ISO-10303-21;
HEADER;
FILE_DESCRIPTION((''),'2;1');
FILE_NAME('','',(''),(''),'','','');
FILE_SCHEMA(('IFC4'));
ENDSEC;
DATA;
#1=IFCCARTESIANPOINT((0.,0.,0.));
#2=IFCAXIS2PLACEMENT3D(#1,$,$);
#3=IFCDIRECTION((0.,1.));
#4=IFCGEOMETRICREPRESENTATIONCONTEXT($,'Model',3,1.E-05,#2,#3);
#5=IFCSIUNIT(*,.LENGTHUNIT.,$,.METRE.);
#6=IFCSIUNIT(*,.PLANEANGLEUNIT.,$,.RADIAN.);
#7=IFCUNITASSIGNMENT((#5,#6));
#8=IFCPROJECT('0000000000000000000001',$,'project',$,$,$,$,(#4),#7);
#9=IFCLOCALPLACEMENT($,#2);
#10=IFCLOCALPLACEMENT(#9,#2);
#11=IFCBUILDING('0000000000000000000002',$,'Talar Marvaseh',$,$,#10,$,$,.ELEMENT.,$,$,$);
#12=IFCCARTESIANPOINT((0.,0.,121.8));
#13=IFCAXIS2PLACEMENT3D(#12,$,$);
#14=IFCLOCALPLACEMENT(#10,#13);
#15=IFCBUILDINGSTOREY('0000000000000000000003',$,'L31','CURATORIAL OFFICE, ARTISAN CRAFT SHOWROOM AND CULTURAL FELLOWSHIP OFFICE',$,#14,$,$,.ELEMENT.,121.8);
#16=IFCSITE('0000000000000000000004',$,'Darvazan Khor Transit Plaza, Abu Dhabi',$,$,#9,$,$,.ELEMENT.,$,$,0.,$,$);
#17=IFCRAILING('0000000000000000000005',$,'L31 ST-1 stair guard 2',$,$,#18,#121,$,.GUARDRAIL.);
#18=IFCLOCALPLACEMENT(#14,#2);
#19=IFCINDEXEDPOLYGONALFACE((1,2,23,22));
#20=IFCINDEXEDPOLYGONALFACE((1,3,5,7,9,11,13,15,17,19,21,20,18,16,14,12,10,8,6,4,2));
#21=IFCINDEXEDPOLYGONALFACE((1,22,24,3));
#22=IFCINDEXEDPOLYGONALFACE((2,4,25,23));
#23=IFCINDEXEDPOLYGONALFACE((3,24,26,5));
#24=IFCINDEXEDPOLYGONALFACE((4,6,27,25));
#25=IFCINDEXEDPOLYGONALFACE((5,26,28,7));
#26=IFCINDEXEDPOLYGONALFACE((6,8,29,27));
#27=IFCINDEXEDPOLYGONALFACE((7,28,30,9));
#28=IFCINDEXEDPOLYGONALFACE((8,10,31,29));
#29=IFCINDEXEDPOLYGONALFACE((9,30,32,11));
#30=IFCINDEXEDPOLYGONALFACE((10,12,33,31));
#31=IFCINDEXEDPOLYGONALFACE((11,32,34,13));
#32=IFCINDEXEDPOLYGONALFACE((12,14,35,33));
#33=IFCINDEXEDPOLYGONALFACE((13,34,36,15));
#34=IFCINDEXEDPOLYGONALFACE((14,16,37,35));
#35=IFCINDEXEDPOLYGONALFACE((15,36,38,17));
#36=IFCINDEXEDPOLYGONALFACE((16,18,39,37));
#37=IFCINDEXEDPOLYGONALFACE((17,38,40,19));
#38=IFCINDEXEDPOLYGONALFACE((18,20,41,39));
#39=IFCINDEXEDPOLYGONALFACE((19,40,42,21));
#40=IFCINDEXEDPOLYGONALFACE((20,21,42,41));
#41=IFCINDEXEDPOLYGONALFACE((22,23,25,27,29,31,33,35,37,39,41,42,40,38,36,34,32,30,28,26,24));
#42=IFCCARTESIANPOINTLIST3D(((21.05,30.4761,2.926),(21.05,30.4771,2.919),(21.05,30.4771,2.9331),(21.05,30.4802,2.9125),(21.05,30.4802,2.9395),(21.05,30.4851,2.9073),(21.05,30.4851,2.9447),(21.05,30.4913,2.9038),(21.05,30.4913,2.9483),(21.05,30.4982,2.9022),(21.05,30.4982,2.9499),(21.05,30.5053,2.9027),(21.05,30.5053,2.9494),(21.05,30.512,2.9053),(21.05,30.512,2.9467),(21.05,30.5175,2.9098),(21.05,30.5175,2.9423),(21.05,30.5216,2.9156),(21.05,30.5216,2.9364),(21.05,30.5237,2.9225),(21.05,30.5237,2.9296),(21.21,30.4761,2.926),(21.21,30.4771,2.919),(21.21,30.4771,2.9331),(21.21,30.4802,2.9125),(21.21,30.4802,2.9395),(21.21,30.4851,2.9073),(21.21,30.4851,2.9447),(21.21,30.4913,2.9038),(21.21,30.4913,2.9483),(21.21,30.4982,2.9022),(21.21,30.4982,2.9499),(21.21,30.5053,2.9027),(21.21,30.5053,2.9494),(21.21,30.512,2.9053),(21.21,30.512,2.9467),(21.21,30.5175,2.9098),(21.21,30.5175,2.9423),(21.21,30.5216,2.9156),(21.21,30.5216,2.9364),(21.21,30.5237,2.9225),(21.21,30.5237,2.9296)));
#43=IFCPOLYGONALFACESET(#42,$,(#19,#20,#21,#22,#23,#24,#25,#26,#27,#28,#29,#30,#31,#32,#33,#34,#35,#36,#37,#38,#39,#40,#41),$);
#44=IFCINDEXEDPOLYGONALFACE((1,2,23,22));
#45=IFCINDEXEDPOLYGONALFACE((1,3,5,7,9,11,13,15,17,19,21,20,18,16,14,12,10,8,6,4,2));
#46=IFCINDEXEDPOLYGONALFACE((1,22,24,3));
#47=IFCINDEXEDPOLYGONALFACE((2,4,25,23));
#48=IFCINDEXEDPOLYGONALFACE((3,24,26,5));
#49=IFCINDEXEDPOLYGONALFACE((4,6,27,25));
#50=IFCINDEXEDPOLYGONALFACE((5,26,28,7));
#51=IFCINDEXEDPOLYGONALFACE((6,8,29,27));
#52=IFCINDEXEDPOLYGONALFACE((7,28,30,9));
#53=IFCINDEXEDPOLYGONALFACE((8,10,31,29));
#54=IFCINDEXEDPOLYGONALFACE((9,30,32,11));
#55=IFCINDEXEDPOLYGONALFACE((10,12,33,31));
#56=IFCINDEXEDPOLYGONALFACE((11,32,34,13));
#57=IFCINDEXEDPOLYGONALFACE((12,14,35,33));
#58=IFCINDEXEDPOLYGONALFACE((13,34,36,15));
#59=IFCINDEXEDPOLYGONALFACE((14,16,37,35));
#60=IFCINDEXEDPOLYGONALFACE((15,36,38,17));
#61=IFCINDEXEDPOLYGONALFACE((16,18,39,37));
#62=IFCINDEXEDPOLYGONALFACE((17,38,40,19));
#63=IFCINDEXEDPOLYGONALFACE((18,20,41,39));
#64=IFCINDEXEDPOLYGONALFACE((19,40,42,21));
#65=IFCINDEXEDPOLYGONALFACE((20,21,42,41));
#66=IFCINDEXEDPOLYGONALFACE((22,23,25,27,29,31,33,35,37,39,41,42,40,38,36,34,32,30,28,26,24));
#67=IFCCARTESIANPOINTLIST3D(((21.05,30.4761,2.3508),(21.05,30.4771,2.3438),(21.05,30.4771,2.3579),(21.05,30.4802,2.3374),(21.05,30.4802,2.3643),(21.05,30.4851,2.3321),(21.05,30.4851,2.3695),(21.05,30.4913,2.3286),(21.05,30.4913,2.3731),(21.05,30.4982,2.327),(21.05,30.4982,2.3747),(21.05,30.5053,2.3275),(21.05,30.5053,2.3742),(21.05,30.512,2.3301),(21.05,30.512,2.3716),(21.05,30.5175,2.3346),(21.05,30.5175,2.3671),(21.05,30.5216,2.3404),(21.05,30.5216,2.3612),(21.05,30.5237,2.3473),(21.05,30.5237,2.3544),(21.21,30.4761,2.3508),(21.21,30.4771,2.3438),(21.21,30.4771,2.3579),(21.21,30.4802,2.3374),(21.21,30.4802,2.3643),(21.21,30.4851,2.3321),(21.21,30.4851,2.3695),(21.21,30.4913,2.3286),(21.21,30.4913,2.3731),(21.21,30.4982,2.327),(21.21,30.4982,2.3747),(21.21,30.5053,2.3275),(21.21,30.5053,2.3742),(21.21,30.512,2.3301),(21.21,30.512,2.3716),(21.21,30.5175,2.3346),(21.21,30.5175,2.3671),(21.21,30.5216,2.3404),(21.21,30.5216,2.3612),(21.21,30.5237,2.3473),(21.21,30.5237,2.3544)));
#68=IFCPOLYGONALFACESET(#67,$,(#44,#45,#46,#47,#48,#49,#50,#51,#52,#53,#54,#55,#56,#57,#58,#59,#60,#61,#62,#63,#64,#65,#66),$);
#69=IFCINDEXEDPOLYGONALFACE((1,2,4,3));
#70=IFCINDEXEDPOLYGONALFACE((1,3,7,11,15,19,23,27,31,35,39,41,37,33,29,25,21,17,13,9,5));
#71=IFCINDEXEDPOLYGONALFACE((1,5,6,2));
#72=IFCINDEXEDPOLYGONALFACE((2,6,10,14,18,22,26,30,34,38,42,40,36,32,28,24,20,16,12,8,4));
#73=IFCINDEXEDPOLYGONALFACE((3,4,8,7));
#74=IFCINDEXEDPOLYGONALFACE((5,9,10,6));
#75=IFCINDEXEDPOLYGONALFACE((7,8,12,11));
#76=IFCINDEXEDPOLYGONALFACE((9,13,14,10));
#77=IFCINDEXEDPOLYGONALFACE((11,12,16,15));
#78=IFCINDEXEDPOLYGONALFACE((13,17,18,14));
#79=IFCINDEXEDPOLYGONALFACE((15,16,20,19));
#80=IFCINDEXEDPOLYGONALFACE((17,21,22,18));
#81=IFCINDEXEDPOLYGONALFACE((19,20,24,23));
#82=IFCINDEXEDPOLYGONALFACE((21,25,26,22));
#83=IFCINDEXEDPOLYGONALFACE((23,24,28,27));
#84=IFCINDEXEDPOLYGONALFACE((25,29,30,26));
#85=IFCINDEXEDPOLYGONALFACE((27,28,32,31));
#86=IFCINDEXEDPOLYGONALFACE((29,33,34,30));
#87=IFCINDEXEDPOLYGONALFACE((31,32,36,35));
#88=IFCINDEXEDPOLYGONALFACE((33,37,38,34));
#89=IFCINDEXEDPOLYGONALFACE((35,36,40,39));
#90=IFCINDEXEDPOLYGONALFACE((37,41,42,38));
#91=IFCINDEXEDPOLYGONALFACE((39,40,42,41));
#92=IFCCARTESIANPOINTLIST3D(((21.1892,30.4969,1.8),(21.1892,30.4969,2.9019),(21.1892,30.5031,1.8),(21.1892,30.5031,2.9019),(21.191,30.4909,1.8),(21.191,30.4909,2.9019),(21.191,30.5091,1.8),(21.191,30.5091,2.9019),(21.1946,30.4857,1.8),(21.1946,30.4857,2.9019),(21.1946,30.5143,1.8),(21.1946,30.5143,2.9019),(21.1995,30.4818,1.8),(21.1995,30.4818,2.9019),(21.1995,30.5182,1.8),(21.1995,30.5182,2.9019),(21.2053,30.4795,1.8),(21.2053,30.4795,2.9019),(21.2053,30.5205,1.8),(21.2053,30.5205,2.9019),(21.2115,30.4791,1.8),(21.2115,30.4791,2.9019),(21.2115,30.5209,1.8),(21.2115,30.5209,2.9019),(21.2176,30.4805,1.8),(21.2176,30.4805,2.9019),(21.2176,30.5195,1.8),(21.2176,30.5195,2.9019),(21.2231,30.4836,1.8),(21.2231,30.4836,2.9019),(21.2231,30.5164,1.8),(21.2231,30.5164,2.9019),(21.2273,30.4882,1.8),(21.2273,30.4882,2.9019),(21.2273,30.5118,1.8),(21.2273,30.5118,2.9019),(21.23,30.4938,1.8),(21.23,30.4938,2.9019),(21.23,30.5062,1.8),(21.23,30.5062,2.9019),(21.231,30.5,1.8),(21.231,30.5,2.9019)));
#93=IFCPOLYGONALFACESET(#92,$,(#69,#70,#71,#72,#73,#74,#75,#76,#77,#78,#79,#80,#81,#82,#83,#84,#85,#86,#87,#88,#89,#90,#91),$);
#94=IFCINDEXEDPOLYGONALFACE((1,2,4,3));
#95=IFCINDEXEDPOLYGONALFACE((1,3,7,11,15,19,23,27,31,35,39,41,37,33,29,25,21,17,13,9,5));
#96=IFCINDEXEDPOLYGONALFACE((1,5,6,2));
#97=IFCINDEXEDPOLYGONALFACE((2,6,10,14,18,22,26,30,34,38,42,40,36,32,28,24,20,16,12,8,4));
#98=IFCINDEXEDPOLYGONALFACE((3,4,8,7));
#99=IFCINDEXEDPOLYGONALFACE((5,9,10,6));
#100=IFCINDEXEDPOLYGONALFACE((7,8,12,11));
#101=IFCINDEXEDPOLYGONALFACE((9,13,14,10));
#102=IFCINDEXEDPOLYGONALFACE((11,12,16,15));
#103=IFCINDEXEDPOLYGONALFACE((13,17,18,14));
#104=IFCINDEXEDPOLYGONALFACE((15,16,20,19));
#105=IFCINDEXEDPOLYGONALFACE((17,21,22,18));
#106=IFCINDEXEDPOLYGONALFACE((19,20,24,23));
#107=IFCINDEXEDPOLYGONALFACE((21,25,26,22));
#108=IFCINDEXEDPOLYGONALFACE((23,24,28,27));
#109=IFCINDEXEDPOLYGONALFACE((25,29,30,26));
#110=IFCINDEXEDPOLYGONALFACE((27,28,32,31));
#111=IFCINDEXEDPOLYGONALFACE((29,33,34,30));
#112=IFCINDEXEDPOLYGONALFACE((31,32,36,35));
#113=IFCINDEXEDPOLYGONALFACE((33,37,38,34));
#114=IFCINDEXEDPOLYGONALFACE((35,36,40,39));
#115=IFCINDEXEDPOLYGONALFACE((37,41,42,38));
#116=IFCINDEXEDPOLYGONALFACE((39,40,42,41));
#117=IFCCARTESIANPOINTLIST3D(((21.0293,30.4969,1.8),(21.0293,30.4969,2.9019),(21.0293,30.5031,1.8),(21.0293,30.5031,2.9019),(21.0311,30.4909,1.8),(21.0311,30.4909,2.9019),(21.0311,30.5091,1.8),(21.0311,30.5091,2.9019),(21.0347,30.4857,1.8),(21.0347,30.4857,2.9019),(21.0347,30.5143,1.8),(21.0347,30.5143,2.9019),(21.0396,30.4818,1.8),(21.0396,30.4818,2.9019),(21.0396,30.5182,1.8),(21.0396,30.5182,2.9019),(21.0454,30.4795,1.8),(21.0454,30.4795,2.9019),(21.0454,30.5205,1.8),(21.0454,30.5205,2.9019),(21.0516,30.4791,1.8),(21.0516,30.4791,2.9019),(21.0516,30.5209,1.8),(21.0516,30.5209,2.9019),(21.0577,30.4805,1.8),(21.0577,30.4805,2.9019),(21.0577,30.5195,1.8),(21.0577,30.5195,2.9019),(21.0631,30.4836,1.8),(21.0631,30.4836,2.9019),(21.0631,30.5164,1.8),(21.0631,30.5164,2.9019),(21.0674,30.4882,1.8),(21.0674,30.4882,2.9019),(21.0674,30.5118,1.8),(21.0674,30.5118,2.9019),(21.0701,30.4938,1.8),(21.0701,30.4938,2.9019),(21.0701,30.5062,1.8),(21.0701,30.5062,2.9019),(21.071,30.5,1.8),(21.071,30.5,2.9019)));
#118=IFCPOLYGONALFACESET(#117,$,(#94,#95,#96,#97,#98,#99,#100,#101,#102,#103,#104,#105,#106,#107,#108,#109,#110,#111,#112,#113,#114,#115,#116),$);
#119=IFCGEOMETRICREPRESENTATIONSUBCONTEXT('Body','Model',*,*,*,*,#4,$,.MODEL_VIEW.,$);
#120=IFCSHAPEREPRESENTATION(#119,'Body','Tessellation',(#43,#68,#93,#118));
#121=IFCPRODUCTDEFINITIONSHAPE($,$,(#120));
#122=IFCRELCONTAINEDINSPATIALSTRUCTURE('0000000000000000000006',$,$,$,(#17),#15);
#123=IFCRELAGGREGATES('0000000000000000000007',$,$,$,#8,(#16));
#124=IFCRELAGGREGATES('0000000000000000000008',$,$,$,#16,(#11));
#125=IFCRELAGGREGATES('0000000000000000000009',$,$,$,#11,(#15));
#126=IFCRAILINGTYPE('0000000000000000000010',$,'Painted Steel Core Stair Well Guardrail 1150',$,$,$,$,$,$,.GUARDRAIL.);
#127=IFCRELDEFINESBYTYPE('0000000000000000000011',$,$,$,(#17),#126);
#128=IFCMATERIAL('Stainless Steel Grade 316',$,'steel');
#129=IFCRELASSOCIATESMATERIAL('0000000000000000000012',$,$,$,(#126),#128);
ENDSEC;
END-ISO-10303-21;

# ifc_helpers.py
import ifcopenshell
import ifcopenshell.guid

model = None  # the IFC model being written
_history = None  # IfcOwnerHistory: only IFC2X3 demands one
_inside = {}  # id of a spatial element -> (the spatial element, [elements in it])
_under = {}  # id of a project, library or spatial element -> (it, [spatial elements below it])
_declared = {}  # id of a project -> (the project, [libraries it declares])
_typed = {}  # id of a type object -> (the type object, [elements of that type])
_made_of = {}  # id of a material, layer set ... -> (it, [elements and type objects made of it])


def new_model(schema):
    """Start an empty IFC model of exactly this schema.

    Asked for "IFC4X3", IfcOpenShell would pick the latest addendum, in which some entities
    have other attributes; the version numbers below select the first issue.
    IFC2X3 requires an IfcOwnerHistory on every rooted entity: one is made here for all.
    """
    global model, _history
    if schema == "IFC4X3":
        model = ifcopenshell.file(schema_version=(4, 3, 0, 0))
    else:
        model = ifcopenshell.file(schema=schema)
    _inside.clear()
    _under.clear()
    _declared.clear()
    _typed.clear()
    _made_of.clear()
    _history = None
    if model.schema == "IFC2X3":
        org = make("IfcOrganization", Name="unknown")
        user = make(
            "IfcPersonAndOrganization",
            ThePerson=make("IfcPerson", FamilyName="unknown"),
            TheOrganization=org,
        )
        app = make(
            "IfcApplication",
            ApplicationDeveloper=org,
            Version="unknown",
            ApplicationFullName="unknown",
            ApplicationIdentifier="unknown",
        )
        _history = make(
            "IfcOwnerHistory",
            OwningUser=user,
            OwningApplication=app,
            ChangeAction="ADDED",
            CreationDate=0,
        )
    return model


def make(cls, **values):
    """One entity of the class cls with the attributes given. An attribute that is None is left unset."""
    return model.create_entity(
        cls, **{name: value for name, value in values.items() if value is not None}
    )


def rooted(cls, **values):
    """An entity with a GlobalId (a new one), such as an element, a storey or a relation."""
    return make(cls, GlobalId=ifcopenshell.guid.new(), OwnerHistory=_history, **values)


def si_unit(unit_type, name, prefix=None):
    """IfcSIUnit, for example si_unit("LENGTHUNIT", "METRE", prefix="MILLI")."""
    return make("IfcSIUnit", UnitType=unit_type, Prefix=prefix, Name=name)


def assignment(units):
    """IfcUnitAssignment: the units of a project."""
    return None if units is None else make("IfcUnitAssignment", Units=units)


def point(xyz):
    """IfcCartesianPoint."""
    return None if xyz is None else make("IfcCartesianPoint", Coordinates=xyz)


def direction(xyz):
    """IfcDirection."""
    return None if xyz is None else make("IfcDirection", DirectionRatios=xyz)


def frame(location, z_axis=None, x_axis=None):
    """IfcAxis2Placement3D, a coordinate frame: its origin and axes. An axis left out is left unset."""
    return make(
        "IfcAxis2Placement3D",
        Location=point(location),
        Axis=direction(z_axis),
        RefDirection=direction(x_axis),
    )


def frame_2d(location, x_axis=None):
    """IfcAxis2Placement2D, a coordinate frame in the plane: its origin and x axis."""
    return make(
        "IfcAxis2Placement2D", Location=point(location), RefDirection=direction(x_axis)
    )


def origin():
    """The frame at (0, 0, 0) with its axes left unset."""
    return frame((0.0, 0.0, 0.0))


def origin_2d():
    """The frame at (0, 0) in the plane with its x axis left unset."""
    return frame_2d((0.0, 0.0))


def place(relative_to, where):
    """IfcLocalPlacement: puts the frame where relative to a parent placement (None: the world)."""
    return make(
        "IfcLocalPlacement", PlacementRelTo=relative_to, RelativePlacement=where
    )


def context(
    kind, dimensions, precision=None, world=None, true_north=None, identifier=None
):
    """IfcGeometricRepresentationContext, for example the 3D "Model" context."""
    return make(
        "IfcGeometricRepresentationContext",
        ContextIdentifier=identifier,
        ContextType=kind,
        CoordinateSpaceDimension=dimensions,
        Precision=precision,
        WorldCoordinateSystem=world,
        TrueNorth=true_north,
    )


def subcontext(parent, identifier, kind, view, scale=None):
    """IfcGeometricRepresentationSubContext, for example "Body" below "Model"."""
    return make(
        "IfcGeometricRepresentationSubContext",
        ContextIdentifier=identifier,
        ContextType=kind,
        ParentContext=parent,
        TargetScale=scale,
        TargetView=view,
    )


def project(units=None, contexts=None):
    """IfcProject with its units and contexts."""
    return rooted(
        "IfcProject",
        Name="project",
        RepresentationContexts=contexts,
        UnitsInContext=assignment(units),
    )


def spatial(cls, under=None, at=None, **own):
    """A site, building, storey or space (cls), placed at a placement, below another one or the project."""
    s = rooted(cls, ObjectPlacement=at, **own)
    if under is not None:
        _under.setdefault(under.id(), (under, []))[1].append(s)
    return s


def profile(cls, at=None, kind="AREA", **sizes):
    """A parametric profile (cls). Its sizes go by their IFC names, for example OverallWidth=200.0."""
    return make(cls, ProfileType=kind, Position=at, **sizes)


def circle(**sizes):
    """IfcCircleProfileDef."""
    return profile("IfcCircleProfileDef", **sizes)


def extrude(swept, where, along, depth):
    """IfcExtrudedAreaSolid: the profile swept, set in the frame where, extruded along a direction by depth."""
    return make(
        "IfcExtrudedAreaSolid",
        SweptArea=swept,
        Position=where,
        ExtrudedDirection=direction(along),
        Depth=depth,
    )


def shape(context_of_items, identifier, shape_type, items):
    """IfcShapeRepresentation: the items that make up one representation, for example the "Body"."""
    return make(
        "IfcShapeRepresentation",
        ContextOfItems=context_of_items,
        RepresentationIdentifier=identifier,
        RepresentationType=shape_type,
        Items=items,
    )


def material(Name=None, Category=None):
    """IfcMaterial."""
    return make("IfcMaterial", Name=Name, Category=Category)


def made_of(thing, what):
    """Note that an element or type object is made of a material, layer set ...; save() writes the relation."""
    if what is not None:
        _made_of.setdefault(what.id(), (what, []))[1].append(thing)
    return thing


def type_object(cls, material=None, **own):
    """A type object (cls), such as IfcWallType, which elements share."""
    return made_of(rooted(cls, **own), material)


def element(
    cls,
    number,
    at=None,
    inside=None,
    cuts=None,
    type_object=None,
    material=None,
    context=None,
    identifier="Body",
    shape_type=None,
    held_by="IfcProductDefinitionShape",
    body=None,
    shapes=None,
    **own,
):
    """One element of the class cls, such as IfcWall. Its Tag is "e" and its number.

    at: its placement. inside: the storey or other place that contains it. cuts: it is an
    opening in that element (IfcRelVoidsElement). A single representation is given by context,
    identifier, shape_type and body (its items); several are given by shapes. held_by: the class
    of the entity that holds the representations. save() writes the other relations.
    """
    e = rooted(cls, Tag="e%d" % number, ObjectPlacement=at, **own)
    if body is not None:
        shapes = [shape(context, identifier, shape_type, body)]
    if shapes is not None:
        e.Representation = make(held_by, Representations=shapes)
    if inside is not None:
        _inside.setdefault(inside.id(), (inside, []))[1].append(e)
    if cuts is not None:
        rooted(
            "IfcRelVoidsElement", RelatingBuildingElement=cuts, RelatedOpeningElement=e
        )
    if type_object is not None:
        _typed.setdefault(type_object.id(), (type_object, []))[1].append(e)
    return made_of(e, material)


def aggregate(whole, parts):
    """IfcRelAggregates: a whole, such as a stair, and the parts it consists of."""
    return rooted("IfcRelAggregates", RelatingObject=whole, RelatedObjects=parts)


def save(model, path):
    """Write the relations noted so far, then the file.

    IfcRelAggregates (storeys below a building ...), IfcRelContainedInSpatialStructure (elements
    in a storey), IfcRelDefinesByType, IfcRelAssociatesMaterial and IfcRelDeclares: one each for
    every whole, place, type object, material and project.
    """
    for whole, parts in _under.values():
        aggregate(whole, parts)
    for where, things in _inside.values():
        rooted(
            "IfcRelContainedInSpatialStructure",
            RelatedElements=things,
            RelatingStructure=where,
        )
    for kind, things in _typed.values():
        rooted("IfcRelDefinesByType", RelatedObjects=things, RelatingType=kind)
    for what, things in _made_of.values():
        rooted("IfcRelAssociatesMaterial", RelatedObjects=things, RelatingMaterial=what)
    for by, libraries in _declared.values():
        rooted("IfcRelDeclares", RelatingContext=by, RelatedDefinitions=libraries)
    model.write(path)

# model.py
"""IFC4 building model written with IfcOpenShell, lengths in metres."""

from ifc_helpers import new_model, si_unit, direction, frame, origin, origin_2d, place, context, subcontext, project, spatial, circle, extrude, material, type_object, element, save


model = new_model("IFC4")

# Units and contexts
model_context = context("Model", 3, precision=1e-05, world=origin(), true_north=direction((0.0, 1.0)))
body_context = subcontext(model_context, "Body", "Model", "MODEL_VIEW")
ifc_project = project(units=[si_unit("LENGTHUNIT", "METRE"), si_unit("PLANEANGLEUNIT", "RADIAN")], contexts=[model_context])

# Site, building, storey
site_placement = place(None, origin())
site = spatial("IfcSite", under=ifc_project, at=site_placement, Name="Darvazan Khor Transit Plaza, Abu Dhabi", CompositionType="ELEMENT", RefElevation=0.0)
building_placement = place(site_placement, origin())
building = spatial("IfcBuilding", under=site, at=building_placement, Name="Talar Marvaseh", CompositionType="ELEMENT")
storey_placement = place(building_placement, frame((0.0, 0.0, 121.8)))
storey = spatial("IfcBuildingStorey", under=building, at=storey_placement, Name="L31", Description="CURATORIAL OFFICE, ARTISAN CRAFT SHOWROOM AND CULTURAL FELLOWSHIP OFFICE", CompositionType="ELEMENT", Elevation=121.8)

# Railing
ifc_material_1 = material(Name="Stainless Steel Grade 316", Category="steel")
railing_type_1 = type_object("IfcRailingType", Name="Painted Steel Core Stair Well Guardrail 1150", PredefinedType="GUARDRAIL", material=ifc_material_1)
railing_1_placement = place(storey_placement, frame((21.21, 30.5, 1.8)))
element("IfcRailing", 1, at=railing_1_placement, inside=storey, type_object=railing_type_1, Name="L31 ST-1 stair guard 2", PredefinedType="GUARDRAIL", context=body_context, shape_type="SweptSolid", body=[
    extrude(circle(Radius=0.0239, at=origin_2d()), frame((0.0, 0.0, 1.126), z_axis=(-1.0, 0.0, 0.0), x_axis=(0.0, -1.0, 0.0)), (0.0, 0.0, 1.0), 0.1599),
    extrude(circle(Radius=0.0239, at=origin_2d()), frame((0.0, 0.0, 0.5508), z_axis=(-1.0, 0.0, 0.0), x_axis=(0.0, -1.0, 0.0)), (0.0, 0.0, 1.0), 0.1599),
    extrude(circle(Radius=0.021, at=origin_2d()), origin(), (0.0, 0.0, 1.0), 1.1018),
    extrude(circle(Radius=0.021, at=origin_2d()), frame((-0.1599, 0.0, 0.0)), (0.0, 0.0, 1.0), 1.1018),
])

save(model, "model.ifc")
